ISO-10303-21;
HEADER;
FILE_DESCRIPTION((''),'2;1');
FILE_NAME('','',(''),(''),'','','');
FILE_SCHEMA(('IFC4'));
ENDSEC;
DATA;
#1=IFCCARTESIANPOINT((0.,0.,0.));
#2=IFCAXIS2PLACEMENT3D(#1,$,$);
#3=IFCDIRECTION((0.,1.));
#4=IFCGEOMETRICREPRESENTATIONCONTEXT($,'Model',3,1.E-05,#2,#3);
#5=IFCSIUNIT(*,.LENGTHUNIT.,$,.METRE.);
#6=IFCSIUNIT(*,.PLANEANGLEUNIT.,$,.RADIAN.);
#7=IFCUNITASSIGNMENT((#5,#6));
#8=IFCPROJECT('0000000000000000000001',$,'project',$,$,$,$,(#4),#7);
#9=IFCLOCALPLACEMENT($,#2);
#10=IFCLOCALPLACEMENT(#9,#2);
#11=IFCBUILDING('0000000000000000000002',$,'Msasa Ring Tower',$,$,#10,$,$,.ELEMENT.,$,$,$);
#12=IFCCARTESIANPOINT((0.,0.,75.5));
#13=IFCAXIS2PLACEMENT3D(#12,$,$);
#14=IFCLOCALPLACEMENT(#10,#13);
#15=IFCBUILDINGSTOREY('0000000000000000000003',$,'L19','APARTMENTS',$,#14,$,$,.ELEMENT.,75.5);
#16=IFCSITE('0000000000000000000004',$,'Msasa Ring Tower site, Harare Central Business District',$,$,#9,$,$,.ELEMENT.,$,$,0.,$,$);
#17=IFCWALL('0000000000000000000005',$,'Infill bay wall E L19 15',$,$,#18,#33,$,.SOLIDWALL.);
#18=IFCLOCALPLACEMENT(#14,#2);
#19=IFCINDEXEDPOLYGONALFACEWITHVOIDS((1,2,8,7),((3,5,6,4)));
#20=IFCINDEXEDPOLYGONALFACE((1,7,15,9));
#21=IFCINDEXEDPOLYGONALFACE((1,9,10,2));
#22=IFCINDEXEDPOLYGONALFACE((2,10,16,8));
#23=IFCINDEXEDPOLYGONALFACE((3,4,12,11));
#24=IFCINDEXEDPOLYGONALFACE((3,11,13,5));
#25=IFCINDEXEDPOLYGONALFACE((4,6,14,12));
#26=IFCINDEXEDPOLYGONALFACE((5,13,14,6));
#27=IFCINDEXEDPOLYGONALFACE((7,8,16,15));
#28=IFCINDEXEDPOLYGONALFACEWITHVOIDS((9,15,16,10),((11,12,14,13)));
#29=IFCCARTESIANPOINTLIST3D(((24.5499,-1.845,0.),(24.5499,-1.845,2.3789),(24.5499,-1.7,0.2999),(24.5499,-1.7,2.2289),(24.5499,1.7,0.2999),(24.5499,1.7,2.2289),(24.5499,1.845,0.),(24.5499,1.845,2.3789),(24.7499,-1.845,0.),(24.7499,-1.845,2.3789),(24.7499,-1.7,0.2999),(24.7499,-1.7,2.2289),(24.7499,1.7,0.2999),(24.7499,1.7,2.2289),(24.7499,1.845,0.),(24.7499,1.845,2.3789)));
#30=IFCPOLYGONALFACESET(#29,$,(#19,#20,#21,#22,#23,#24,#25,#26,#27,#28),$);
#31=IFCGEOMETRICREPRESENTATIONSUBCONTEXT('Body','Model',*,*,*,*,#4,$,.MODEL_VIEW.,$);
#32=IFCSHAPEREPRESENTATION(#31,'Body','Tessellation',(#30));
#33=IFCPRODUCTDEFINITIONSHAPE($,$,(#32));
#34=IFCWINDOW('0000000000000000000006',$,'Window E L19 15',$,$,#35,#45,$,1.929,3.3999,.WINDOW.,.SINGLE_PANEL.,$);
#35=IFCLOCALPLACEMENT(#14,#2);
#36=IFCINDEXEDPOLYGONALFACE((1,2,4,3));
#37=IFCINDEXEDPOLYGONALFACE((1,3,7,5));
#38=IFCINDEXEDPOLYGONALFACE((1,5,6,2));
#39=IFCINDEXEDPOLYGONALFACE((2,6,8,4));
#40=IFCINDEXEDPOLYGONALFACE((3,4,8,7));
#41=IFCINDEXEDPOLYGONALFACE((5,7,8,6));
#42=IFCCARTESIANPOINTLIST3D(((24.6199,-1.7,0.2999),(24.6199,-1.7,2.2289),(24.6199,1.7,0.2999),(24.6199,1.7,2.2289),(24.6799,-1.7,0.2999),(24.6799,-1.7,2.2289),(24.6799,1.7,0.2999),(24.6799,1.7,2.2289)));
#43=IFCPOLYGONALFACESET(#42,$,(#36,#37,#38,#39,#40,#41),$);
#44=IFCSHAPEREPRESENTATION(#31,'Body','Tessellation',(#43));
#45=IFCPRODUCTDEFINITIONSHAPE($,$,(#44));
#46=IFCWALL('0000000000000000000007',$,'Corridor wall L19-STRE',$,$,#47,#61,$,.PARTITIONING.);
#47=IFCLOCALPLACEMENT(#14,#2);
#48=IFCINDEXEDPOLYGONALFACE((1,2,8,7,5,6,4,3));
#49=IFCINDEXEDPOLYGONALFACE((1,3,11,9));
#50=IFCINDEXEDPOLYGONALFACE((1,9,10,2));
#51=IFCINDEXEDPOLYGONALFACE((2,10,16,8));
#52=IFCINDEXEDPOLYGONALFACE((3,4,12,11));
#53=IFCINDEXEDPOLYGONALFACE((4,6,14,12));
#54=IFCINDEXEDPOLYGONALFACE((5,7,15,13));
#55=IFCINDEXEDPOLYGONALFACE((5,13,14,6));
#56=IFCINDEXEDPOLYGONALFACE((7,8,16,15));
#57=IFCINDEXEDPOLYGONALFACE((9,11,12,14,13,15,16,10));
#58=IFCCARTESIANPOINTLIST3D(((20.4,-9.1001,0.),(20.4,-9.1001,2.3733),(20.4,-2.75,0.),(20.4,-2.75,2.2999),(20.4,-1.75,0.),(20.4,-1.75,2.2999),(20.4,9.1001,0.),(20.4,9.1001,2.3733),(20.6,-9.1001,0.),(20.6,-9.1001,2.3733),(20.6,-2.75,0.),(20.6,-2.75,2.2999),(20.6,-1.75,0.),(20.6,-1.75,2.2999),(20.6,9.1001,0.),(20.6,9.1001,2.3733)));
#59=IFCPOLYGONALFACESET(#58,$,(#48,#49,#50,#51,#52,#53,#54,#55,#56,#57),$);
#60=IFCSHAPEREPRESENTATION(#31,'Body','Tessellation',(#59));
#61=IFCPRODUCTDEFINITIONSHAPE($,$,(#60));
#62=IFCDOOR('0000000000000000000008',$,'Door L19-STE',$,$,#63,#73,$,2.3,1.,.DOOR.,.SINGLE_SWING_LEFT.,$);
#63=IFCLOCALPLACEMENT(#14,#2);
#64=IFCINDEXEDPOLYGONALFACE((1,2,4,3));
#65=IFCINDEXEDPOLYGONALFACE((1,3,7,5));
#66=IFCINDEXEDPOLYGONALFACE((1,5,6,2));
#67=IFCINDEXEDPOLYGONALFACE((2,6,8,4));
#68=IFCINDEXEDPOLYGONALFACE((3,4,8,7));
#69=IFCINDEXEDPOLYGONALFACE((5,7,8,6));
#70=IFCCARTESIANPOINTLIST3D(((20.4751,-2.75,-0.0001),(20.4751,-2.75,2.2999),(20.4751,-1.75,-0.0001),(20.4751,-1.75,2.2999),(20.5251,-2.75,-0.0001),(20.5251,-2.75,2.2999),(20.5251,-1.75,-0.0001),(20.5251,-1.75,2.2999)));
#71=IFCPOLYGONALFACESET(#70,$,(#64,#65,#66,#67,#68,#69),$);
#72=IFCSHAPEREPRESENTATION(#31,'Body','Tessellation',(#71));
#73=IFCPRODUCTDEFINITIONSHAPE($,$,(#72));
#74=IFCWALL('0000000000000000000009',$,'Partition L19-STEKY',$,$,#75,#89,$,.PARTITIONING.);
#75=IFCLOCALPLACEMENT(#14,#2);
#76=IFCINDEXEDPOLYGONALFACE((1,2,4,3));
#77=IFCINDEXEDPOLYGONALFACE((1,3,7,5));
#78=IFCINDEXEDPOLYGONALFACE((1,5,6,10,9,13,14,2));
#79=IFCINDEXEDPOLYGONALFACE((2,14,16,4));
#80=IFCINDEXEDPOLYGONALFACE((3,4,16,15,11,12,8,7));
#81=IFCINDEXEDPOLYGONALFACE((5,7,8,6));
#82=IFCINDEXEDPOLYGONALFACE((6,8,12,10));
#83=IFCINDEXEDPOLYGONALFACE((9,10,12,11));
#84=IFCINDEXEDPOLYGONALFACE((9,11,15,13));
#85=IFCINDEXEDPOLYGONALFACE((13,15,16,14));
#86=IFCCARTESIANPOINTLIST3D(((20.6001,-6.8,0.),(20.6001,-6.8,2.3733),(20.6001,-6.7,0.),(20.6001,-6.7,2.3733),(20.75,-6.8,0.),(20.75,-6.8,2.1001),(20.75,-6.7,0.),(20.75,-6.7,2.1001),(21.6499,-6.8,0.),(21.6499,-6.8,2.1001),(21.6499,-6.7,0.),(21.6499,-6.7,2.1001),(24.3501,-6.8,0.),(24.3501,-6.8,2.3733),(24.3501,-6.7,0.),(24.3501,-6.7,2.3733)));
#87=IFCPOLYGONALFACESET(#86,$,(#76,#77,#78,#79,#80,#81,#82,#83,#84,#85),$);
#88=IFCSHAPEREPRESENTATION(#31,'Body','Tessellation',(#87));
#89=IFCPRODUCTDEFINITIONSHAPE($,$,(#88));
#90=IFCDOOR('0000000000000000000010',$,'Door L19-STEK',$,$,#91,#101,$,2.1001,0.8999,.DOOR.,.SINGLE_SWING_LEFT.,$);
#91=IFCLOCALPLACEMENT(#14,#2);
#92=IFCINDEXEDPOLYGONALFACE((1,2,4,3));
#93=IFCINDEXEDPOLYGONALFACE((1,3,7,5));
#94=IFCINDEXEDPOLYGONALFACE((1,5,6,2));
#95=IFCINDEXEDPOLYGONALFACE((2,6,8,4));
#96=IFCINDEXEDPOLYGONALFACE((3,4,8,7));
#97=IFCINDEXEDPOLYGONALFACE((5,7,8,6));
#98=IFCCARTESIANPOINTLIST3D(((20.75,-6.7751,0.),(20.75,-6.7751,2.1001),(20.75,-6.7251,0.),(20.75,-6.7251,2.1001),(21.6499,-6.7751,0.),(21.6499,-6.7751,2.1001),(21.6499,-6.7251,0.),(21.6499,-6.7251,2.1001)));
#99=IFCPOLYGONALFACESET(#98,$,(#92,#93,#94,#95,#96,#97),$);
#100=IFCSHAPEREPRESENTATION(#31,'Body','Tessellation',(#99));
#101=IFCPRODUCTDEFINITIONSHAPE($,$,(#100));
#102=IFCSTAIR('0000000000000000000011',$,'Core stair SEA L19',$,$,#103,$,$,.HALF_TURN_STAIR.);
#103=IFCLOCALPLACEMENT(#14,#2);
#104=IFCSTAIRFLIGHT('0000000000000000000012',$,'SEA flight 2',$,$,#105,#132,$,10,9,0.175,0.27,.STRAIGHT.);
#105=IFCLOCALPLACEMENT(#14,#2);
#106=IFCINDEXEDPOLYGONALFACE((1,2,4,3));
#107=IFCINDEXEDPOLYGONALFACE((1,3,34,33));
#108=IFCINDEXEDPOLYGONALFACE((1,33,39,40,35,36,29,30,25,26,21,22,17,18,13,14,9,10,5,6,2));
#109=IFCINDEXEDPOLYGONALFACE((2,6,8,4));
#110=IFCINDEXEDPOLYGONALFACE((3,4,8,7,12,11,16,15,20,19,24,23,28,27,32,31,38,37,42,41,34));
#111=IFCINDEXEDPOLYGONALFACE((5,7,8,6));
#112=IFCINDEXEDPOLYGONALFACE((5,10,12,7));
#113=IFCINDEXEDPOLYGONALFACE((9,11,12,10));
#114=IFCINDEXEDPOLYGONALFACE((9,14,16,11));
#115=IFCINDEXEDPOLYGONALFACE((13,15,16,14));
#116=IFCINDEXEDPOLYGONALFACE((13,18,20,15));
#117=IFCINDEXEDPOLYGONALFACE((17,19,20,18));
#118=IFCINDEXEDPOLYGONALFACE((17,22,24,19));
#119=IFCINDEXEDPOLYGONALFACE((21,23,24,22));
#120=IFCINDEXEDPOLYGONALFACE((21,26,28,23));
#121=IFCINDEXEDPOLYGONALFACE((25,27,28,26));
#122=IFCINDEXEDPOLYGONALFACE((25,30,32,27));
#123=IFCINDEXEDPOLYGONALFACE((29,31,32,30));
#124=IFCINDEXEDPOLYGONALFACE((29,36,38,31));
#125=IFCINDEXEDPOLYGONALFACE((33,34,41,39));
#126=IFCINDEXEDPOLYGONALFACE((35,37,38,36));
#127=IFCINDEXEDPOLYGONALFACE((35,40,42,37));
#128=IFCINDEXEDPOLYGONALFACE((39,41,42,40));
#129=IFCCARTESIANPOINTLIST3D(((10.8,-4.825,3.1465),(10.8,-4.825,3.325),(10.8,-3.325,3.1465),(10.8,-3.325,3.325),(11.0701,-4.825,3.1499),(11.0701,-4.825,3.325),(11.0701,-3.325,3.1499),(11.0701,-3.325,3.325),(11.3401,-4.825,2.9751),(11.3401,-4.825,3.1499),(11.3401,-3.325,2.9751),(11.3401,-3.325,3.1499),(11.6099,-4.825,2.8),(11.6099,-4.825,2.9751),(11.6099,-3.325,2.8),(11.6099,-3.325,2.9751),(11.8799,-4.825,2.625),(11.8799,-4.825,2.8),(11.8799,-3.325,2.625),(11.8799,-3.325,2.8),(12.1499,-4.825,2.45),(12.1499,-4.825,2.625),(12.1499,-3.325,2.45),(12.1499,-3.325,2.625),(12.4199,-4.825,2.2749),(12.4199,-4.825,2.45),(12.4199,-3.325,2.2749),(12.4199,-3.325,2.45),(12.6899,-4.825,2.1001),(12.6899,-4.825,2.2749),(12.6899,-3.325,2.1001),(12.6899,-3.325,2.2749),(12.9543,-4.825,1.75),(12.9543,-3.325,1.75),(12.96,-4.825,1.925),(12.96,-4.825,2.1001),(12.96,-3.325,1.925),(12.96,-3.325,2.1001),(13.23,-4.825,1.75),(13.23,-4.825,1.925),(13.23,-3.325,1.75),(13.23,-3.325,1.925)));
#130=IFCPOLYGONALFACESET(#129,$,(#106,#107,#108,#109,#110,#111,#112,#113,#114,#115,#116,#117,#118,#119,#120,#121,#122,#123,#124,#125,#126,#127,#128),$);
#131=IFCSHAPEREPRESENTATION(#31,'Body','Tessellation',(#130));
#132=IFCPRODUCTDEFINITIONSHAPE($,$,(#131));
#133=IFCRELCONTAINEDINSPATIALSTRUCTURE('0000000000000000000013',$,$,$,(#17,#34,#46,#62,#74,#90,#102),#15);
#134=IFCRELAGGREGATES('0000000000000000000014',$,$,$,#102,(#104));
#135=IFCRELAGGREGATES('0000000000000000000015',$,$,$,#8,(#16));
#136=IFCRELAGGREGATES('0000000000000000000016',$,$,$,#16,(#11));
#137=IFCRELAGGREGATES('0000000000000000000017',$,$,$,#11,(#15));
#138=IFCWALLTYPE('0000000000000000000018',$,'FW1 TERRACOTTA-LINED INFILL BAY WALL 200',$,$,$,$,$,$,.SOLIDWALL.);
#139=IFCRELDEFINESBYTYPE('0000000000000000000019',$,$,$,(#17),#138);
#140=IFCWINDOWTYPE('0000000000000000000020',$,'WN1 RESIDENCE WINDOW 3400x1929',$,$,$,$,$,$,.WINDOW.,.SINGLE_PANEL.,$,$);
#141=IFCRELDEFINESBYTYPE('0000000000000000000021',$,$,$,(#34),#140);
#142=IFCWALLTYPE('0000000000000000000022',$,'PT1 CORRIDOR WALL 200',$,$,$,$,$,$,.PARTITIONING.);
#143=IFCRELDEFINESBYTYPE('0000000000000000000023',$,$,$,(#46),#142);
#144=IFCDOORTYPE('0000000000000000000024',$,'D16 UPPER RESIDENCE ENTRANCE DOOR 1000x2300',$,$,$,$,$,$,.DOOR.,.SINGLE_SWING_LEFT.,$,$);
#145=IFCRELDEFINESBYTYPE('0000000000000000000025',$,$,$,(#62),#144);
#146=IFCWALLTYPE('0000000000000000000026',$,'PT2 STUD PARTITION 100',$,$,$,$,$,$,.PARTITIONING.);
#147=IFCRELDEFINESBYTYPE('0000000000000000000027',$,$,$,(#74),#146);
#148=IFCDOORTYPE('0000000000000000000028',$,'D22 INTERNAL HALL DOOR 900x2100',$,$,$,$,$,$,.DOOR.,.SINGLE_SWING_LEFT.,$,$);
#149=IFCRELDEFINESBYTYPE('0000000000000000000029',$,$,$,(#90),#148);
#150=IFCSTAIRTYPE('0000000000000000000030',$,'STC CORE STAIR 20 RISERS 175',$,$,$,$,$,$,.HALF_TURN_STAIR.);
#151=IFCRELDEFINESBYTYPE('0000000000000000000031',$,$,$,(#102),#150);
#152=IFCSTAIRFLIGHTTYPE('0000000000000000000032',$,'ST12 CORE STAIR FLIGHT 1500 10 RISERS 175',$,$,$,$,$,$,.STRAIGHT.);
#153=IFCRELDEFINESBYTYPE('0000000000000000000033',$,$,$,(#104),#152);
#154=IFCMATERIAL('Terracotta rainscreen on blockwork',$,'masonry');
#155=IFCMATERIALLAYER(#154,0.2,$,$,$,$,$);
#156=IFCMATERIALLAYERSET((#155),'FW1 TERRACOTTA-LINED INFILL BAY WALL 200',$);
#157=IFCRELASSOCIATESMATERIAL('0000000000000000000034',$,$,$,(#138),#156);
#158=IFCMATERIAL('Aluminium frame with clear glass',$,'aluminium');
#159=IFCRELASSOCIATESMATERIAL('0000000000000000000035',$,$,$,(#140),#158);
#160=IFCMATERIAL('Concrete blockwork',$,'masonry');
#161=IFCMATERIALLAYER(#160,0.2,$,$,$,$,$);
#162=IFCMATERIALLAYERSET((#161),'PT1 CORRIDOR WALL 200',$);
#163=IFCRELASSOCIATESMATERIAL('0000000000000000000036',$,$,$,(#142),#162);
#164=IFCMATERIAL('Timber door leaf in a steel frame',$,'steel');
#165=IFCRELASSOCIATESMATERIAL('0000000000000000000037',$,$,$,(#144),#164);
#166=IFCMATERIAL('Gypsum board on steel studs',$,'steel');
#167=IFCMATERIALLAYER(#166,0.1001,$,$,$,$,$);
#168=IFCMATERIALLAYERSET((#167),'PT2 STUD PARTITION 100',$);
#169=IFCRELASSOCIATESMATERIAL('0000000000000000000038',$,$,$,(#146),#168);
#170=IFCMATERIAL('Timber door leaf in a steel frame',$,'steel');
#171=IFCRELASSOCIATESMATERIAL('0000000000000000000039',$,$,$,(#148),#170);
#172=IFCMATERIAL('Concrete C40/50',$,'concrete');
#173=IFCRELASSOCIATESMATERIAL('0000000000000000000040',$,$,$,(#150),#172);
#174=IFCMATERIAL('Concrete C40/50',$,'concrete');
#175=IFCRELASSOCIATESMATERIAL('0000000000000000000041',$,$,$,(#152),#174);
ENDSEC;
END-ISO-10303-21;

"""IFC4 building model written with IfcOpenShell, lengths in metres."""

from ifc_helpers import new_model, si_unit, direction, frame, frame_2d, origin, place, context, subcontext, project, spatial, polyline, rectangle, outline, extrude, material, layer, layer_set, type_object, element, fill, aggregate, save


model = new_model("IFC4")

# Units and contexts
model_context = context("Model", 3, precision=1e-05, world=origin(), true_north=direction((0.0, 1.0)))
body_context = subcontext(model_context, "Body", "Model", "MODEL_VIEW")
ifc_project = project(units=[si_unit("LENGTHUNIT", "METRE"), si_unit("PLANEANGLEUNIT", "RADIAN")], contexts=[model_context])

# Site, building, storey
site_placement = place(None, origin())
site = spatial("IfcSite", under=ifc_project, at=site_placement, Name="Msasa Ring Tower site, Harare Central Business District", CompositionType="ELEMENT", RefElevation=0.0)
building_placement = place(site_placement, origin())
building = spatial("IfcBuilding", under=site, at=building_placement, Name="Msasa Ring Tower", CompositionType="ELEMENT")
storey_placement = place(building_placement, frame((0.0, 0.0, 75.5)))
storey = spatial("IfcBuildingStorey", under=building, at=storey_placement, Name="L19", Description="APARTMENTS", CompositionType="ELEMENT", Elevation=75.5)

# Wall, opening, window
ifc_material_1 = material(Name="Terracotta rainscreen on blockwork", Category="masonry")
ifc_layer_1 = layer(ifc_material_1, 0.2)
ifc_layer_set_1 = layer_set([ifc_layer_1], Name="FW1 TERRACOTTA-LINED INFILL BAY WALL 200")
wall_type_1 = type_object("IfcWallType", Name="FW1 TERRACOTTA-LINED INFILL BAY WALL 200", PredefinedType="SOLIDWALL", material=ifc_layer_set_1)
ifc_material_2 = material(Name="Aluminium frame with clear glass", Category="aluminium")
window_type = type_object("IfcWindowType", Name="WN1 RESIDENCE WINDOW 3400x1929", PartitioningType="SINGLE_PANEL", PredefinedType="WINDOW", material=ifc_material_2)
wall_1_placement = place(storey_placement, frame((24.6499, -1.845, 0.0), z_axis=(0.0, 0.0, 1.0), x_axis=(0.0, 1.0, 0.0)))
wall_1 = element("IfcWall", 1, at=wall_1_placement, inside=storey, type_object=wall_type_1, Name="Infill bay wall E L19 15", PredefinedType="SOLIDWALL", context=body_context, shape_type="SweptSolid", body=[
    extrude(rectangle(XDim=3.6899, YDim=0.2, at=frame_2d((1.845, 0.0))), origin(), (0.0, 0.0, 1.0), 2.3789),
])
opening_1_placement = place(wall_1_placement, frame((0.145, 0.0, 0.3)))
opening_1 = element("IfcOpeningElement", 2, at=opening_1_placement, cuts=wall_1, PredefinedType="OPENING", context=body_context, shape_type="SweptSolid", body=[
    extrude(rectangle(XDim=3.3999, YDim=1.929, at=frame_2d((1.7, 0.9644))), frame((0.0, 0.1099, 0.0), z_axis=(0.0, -1.0, 0.0), x_axis=(1.0, 0.0, 0.0)), (0.0, 0.0, 1.0), 0.22),
])
window_1_placement = place(opening_1_placement, origin())
window_1 = element("IfcWindow", 3, at=window_1_placement, inside=storey, type_object=window_type, Name="Window E L19 15", OverallHeight=1.929, OverallWidth=3.3999, PartitioningType="SINGLE_PANEL", PredefinedType="WINDOW", context=body_context, shape_type="SweptSolid", body=[
    extrude(rectangle(XDim=3.3999, YDim=1.929, at=frame_2d((1.7, 0.9644))), frame((0.0, 0.03, 0.0), z_axis=(0.0, -1.0, 0.0), x_axis=(1.0, 0.0, 0.0)), (0.0, 0.0, 1.0), 0.0601),
])
fill(opening_1, window_1)

# Walls, openings, doors
ifc_material_3 = material(Name="Concrete blockwork", Category="masonry")
ifc_layer_2 = layer(ifc_material_3, 0.2)
ifc_layer_set_2 = layer_set([ifc_layer_2], Name="PT1 CORRIDOR WALL 200")
wall_type_2 = type_object("IfcWallType", Name="PT1 CORRIDOR WALL 200", PredefinedType="PARTITIONING", material=ifc_layer_set_2)
wall_2_placement = place(storey_placement, frame((20.5, -9.1001, 0.0), z_axis=(0.0, 0.0, 1.0), x_axis=(0.0, 1.0, 0.0)))
wall_2 = element("IfcWall", 4, at=wall_2_placement, inside=storey, type_object=wall_type_2, Name="Corridor wall L19-STRE", PredefinedType="PARTITIONING", context=body_context, shape_type="SweptSolid", body=[
    extrude(rectangle(XDim=18.2002, YDim=0.2, at=frame_2d((9.1001, 0.0))), origin(), (0.0, 0.0, 1.0), 2.3733),
])
opening_2_placement = place(wall_2_placement, frame((6.3501, 0.0, 0.0)))
opening_2 = element("IfcOpeningElement", 5, at=opening_2_placement, cuts=wall_2, PredefinedType="OPENING", context=body_context, shape_type="SweptSolid", body=[
    extrude(rectangle(XDim=1.0, YDim=2.3, at=frame_2d((0.5, 1.1499))), frame((0.0, 0.1099, 0.0), z_axis=(0.0, -1.0, 0.0), x_axis=(1.0, 0.0, 0.0)), (0.0, 0.0, 1.0), 0.22),
])
ifc_material_4 = material(Name="Timber door leaf in a steel frame", Category="steel")
door_type_1 = type_object("IfcDoorType", Name="D16 UPPER RESIDENCE ENTRANCE DOOR 1000x2300", OperationType="SINGLE_SWING_LEFT", PredefinedType="DOOR", material=ifc_material_4)
door_1_placement = place(opening_2_placement, origin())
door_1 = element("IfcDoor", 6, at=door_1_placement, inside=storey, type_object=door_type_1, Name="Door L19-STE", OperationType="SINGLE_SWING_LEFT", OverallHeight=2.3, OverallWidth=1.0, PredefinedType="DOOR", context=body_context, shape_type="SweptSolid", body=[
    extrude(rectangle(XDim=1.0, YDim=2.3, at=frame_2d((0.5, 1.1499))), frame((0.0, 0.0249, 0.0), z_axis=(0.0, -1.0, 0.0), x_axis=(1.0, 0.0, 0.0)), (0.0, 0.0, 1.0), 0.05),
])
fill(opening_2, door_1)
ifc_material_5 = material(Name="Gypsum board on steel studs", Category="steel")
ifc_layer_3 = layer(ifc_material_5, 0.1001)
ifc_layer_set_3 = layer_set([ifc_layer_3], Name="PT2 STUD PARTITION 100")
wall_type_3 = type_object("IfcWallType", Name="PT2 STUD PARTITION 100", PredefinedType="PARTITIONING", material=ifc_layer_set_3)
wall_3_placement = place(storey_placement, frame((20.6001, -6.75, 0.0), z_axis=(0.0, 0.0, 1.0), x_axis=(1.0, 0.0, 0.0)))
wall_3 = element("IfcWall", 7, at=wall_3_placement, inside=storey, type_object=wall_type_3, Name="Partition L19-STEKY", PredefinedType="PARTITIONING", context=body_context, shape_type="SweptSolid", body=[
    extrude(rectangle(XDim=3.75, YDim=0.1001, at=frame_2d((1.875, 0.0))), origin(), (0.0, 0.0, 1.0), 2.3733),
])
opening_3_placement = place(wall_3_placement, frame((0.1499, 0.0, 0.0)))
opening_3 = element("IfcOpeningElement", 8, at=opening_3_placement, cuts=wall_3, PredefinedType="OPENING", context=body_context, shape_type="SweptSolid", body=[
    extrude(rectangle(XDim=0.8999, YDim=2.1001, at=frame_2d((0.45, 1.05))), frame((0.0, 0.0601, 0.0), z_axis=(0.0, -1.0, 0.0), x_axis=(1.0, 0.0, 0.0)), (0.0, 0.0, 1.0), 0.1201),
])
ifc_material_6 = material(Name="Timber door leaf in a steel frame", Category="steel")
door_type_2 = type_object("IfcDoorType", Name="D22 INTERNAL HALL DOOR 900x2100", OperationType="SINGLE_SWING_LEFT", PredefinedType="DOOR", material=ifc_material_6)
door_2_placement = place(opening_3_placement, origin())
door_2 = element("IfcDoor", 9, at=door_2_placement, inside=storey, type_object=door_type_2, Name="Door L19-STEK", OperationType="SINGLE_SWING_LEFT", OverallHeight=2.1001, OverallWidth=0.8999, PredefinedType="DOOR", context=body_context, shape_type="SweptSolid", body=[
    extrude(rectangle(XDim=0.8999, YDim=2.1001, at=frame_2d((0.45, 1.05))), frame((0.0, 0.0249, 0.0), z_axis=(0.0, -1.0, 0.0), x_axis=(1.0, 0.0, 0.0)), (0.0, 0.0, 1.0), 0.05),
])
fill(opening_3, door_2)

# Stair, stair flight
ifc_material_7 = material(Name="Concrete C40/50", Category="concrete")
stair_type = type_object("IfcStairType", Name="STC CORE STAIR 20 RISERS 175", PredefinedType="HALF_TURN_STAIR", material=ifc_material_7)
stair_placement = place(storey_placement, origin())
stair = element("IfcStair", 10, at=stair_placement, inside=storey, type_object=stair_type, Name="Core stair SEA L19", PredefinedType="HALF_TURN_STAIR")
ifc_material_8 = material(Name="Concrete C40/50", Category="concrete")
stair_flight_type = type_object("IfcStairFlightType", Name="ST12 CORE STAIR FLIGHT 1500 10 RISERS 175", PredefinedType="STRAIGHT", material=ifc_material_8)
stair_flight_placement = place(storey_placement, frame((13.23, -4.075, 1.75), z_axis=(0.0, 0.0, 1.0), x_axis=(-1.0, 0.0, 0.0)))
stair_flight = element("IfcStairFlight", 11, at=stair_flight_placement, type_object=stair_flight_type, Name="SEA flight 2", NumberOfRisers=10, NumberOfTreads=9, PredefinedType="STRAIGHT", RiserHeight=0.175, TreadLength=0.27, context=body_context, shape_type="SweptSolid", body=[
    extrude(outline(polyline([(0.0, 0.0), (0.0, 0.175), (0.27, 0.175), (0.27, 0.3501), (0.54, 0.3501), (0.54, 0.5249), (0.8101, 0.5249), (0.8101, 0.7), (1.0801, 0.7), (1.0801, 0.875), (1.3501, 0.875), (1.3501, 1.05), (1.6201, 1.05), (1.6201, 1.2251), (1.8899, 1.2251), (1.8899, 1.3999), (2.1599, 1.3999), (2.1599, 1.575), (2.4299, 1.575), (2.4299, 1.75), (2.4299, 1.3965), (0.2756, 0.0), (0.0, 0.0)])), frame((0.0, 0.75, 0.0), z_axis=(0.0, -1.0, 0.0), x_axis=(1.0, 0.0, 0.0)), (0.0, 0.0, 1.0), 1.5),
])
aggregate(stair, [stair_flight])

save(model, "model.ifc")
